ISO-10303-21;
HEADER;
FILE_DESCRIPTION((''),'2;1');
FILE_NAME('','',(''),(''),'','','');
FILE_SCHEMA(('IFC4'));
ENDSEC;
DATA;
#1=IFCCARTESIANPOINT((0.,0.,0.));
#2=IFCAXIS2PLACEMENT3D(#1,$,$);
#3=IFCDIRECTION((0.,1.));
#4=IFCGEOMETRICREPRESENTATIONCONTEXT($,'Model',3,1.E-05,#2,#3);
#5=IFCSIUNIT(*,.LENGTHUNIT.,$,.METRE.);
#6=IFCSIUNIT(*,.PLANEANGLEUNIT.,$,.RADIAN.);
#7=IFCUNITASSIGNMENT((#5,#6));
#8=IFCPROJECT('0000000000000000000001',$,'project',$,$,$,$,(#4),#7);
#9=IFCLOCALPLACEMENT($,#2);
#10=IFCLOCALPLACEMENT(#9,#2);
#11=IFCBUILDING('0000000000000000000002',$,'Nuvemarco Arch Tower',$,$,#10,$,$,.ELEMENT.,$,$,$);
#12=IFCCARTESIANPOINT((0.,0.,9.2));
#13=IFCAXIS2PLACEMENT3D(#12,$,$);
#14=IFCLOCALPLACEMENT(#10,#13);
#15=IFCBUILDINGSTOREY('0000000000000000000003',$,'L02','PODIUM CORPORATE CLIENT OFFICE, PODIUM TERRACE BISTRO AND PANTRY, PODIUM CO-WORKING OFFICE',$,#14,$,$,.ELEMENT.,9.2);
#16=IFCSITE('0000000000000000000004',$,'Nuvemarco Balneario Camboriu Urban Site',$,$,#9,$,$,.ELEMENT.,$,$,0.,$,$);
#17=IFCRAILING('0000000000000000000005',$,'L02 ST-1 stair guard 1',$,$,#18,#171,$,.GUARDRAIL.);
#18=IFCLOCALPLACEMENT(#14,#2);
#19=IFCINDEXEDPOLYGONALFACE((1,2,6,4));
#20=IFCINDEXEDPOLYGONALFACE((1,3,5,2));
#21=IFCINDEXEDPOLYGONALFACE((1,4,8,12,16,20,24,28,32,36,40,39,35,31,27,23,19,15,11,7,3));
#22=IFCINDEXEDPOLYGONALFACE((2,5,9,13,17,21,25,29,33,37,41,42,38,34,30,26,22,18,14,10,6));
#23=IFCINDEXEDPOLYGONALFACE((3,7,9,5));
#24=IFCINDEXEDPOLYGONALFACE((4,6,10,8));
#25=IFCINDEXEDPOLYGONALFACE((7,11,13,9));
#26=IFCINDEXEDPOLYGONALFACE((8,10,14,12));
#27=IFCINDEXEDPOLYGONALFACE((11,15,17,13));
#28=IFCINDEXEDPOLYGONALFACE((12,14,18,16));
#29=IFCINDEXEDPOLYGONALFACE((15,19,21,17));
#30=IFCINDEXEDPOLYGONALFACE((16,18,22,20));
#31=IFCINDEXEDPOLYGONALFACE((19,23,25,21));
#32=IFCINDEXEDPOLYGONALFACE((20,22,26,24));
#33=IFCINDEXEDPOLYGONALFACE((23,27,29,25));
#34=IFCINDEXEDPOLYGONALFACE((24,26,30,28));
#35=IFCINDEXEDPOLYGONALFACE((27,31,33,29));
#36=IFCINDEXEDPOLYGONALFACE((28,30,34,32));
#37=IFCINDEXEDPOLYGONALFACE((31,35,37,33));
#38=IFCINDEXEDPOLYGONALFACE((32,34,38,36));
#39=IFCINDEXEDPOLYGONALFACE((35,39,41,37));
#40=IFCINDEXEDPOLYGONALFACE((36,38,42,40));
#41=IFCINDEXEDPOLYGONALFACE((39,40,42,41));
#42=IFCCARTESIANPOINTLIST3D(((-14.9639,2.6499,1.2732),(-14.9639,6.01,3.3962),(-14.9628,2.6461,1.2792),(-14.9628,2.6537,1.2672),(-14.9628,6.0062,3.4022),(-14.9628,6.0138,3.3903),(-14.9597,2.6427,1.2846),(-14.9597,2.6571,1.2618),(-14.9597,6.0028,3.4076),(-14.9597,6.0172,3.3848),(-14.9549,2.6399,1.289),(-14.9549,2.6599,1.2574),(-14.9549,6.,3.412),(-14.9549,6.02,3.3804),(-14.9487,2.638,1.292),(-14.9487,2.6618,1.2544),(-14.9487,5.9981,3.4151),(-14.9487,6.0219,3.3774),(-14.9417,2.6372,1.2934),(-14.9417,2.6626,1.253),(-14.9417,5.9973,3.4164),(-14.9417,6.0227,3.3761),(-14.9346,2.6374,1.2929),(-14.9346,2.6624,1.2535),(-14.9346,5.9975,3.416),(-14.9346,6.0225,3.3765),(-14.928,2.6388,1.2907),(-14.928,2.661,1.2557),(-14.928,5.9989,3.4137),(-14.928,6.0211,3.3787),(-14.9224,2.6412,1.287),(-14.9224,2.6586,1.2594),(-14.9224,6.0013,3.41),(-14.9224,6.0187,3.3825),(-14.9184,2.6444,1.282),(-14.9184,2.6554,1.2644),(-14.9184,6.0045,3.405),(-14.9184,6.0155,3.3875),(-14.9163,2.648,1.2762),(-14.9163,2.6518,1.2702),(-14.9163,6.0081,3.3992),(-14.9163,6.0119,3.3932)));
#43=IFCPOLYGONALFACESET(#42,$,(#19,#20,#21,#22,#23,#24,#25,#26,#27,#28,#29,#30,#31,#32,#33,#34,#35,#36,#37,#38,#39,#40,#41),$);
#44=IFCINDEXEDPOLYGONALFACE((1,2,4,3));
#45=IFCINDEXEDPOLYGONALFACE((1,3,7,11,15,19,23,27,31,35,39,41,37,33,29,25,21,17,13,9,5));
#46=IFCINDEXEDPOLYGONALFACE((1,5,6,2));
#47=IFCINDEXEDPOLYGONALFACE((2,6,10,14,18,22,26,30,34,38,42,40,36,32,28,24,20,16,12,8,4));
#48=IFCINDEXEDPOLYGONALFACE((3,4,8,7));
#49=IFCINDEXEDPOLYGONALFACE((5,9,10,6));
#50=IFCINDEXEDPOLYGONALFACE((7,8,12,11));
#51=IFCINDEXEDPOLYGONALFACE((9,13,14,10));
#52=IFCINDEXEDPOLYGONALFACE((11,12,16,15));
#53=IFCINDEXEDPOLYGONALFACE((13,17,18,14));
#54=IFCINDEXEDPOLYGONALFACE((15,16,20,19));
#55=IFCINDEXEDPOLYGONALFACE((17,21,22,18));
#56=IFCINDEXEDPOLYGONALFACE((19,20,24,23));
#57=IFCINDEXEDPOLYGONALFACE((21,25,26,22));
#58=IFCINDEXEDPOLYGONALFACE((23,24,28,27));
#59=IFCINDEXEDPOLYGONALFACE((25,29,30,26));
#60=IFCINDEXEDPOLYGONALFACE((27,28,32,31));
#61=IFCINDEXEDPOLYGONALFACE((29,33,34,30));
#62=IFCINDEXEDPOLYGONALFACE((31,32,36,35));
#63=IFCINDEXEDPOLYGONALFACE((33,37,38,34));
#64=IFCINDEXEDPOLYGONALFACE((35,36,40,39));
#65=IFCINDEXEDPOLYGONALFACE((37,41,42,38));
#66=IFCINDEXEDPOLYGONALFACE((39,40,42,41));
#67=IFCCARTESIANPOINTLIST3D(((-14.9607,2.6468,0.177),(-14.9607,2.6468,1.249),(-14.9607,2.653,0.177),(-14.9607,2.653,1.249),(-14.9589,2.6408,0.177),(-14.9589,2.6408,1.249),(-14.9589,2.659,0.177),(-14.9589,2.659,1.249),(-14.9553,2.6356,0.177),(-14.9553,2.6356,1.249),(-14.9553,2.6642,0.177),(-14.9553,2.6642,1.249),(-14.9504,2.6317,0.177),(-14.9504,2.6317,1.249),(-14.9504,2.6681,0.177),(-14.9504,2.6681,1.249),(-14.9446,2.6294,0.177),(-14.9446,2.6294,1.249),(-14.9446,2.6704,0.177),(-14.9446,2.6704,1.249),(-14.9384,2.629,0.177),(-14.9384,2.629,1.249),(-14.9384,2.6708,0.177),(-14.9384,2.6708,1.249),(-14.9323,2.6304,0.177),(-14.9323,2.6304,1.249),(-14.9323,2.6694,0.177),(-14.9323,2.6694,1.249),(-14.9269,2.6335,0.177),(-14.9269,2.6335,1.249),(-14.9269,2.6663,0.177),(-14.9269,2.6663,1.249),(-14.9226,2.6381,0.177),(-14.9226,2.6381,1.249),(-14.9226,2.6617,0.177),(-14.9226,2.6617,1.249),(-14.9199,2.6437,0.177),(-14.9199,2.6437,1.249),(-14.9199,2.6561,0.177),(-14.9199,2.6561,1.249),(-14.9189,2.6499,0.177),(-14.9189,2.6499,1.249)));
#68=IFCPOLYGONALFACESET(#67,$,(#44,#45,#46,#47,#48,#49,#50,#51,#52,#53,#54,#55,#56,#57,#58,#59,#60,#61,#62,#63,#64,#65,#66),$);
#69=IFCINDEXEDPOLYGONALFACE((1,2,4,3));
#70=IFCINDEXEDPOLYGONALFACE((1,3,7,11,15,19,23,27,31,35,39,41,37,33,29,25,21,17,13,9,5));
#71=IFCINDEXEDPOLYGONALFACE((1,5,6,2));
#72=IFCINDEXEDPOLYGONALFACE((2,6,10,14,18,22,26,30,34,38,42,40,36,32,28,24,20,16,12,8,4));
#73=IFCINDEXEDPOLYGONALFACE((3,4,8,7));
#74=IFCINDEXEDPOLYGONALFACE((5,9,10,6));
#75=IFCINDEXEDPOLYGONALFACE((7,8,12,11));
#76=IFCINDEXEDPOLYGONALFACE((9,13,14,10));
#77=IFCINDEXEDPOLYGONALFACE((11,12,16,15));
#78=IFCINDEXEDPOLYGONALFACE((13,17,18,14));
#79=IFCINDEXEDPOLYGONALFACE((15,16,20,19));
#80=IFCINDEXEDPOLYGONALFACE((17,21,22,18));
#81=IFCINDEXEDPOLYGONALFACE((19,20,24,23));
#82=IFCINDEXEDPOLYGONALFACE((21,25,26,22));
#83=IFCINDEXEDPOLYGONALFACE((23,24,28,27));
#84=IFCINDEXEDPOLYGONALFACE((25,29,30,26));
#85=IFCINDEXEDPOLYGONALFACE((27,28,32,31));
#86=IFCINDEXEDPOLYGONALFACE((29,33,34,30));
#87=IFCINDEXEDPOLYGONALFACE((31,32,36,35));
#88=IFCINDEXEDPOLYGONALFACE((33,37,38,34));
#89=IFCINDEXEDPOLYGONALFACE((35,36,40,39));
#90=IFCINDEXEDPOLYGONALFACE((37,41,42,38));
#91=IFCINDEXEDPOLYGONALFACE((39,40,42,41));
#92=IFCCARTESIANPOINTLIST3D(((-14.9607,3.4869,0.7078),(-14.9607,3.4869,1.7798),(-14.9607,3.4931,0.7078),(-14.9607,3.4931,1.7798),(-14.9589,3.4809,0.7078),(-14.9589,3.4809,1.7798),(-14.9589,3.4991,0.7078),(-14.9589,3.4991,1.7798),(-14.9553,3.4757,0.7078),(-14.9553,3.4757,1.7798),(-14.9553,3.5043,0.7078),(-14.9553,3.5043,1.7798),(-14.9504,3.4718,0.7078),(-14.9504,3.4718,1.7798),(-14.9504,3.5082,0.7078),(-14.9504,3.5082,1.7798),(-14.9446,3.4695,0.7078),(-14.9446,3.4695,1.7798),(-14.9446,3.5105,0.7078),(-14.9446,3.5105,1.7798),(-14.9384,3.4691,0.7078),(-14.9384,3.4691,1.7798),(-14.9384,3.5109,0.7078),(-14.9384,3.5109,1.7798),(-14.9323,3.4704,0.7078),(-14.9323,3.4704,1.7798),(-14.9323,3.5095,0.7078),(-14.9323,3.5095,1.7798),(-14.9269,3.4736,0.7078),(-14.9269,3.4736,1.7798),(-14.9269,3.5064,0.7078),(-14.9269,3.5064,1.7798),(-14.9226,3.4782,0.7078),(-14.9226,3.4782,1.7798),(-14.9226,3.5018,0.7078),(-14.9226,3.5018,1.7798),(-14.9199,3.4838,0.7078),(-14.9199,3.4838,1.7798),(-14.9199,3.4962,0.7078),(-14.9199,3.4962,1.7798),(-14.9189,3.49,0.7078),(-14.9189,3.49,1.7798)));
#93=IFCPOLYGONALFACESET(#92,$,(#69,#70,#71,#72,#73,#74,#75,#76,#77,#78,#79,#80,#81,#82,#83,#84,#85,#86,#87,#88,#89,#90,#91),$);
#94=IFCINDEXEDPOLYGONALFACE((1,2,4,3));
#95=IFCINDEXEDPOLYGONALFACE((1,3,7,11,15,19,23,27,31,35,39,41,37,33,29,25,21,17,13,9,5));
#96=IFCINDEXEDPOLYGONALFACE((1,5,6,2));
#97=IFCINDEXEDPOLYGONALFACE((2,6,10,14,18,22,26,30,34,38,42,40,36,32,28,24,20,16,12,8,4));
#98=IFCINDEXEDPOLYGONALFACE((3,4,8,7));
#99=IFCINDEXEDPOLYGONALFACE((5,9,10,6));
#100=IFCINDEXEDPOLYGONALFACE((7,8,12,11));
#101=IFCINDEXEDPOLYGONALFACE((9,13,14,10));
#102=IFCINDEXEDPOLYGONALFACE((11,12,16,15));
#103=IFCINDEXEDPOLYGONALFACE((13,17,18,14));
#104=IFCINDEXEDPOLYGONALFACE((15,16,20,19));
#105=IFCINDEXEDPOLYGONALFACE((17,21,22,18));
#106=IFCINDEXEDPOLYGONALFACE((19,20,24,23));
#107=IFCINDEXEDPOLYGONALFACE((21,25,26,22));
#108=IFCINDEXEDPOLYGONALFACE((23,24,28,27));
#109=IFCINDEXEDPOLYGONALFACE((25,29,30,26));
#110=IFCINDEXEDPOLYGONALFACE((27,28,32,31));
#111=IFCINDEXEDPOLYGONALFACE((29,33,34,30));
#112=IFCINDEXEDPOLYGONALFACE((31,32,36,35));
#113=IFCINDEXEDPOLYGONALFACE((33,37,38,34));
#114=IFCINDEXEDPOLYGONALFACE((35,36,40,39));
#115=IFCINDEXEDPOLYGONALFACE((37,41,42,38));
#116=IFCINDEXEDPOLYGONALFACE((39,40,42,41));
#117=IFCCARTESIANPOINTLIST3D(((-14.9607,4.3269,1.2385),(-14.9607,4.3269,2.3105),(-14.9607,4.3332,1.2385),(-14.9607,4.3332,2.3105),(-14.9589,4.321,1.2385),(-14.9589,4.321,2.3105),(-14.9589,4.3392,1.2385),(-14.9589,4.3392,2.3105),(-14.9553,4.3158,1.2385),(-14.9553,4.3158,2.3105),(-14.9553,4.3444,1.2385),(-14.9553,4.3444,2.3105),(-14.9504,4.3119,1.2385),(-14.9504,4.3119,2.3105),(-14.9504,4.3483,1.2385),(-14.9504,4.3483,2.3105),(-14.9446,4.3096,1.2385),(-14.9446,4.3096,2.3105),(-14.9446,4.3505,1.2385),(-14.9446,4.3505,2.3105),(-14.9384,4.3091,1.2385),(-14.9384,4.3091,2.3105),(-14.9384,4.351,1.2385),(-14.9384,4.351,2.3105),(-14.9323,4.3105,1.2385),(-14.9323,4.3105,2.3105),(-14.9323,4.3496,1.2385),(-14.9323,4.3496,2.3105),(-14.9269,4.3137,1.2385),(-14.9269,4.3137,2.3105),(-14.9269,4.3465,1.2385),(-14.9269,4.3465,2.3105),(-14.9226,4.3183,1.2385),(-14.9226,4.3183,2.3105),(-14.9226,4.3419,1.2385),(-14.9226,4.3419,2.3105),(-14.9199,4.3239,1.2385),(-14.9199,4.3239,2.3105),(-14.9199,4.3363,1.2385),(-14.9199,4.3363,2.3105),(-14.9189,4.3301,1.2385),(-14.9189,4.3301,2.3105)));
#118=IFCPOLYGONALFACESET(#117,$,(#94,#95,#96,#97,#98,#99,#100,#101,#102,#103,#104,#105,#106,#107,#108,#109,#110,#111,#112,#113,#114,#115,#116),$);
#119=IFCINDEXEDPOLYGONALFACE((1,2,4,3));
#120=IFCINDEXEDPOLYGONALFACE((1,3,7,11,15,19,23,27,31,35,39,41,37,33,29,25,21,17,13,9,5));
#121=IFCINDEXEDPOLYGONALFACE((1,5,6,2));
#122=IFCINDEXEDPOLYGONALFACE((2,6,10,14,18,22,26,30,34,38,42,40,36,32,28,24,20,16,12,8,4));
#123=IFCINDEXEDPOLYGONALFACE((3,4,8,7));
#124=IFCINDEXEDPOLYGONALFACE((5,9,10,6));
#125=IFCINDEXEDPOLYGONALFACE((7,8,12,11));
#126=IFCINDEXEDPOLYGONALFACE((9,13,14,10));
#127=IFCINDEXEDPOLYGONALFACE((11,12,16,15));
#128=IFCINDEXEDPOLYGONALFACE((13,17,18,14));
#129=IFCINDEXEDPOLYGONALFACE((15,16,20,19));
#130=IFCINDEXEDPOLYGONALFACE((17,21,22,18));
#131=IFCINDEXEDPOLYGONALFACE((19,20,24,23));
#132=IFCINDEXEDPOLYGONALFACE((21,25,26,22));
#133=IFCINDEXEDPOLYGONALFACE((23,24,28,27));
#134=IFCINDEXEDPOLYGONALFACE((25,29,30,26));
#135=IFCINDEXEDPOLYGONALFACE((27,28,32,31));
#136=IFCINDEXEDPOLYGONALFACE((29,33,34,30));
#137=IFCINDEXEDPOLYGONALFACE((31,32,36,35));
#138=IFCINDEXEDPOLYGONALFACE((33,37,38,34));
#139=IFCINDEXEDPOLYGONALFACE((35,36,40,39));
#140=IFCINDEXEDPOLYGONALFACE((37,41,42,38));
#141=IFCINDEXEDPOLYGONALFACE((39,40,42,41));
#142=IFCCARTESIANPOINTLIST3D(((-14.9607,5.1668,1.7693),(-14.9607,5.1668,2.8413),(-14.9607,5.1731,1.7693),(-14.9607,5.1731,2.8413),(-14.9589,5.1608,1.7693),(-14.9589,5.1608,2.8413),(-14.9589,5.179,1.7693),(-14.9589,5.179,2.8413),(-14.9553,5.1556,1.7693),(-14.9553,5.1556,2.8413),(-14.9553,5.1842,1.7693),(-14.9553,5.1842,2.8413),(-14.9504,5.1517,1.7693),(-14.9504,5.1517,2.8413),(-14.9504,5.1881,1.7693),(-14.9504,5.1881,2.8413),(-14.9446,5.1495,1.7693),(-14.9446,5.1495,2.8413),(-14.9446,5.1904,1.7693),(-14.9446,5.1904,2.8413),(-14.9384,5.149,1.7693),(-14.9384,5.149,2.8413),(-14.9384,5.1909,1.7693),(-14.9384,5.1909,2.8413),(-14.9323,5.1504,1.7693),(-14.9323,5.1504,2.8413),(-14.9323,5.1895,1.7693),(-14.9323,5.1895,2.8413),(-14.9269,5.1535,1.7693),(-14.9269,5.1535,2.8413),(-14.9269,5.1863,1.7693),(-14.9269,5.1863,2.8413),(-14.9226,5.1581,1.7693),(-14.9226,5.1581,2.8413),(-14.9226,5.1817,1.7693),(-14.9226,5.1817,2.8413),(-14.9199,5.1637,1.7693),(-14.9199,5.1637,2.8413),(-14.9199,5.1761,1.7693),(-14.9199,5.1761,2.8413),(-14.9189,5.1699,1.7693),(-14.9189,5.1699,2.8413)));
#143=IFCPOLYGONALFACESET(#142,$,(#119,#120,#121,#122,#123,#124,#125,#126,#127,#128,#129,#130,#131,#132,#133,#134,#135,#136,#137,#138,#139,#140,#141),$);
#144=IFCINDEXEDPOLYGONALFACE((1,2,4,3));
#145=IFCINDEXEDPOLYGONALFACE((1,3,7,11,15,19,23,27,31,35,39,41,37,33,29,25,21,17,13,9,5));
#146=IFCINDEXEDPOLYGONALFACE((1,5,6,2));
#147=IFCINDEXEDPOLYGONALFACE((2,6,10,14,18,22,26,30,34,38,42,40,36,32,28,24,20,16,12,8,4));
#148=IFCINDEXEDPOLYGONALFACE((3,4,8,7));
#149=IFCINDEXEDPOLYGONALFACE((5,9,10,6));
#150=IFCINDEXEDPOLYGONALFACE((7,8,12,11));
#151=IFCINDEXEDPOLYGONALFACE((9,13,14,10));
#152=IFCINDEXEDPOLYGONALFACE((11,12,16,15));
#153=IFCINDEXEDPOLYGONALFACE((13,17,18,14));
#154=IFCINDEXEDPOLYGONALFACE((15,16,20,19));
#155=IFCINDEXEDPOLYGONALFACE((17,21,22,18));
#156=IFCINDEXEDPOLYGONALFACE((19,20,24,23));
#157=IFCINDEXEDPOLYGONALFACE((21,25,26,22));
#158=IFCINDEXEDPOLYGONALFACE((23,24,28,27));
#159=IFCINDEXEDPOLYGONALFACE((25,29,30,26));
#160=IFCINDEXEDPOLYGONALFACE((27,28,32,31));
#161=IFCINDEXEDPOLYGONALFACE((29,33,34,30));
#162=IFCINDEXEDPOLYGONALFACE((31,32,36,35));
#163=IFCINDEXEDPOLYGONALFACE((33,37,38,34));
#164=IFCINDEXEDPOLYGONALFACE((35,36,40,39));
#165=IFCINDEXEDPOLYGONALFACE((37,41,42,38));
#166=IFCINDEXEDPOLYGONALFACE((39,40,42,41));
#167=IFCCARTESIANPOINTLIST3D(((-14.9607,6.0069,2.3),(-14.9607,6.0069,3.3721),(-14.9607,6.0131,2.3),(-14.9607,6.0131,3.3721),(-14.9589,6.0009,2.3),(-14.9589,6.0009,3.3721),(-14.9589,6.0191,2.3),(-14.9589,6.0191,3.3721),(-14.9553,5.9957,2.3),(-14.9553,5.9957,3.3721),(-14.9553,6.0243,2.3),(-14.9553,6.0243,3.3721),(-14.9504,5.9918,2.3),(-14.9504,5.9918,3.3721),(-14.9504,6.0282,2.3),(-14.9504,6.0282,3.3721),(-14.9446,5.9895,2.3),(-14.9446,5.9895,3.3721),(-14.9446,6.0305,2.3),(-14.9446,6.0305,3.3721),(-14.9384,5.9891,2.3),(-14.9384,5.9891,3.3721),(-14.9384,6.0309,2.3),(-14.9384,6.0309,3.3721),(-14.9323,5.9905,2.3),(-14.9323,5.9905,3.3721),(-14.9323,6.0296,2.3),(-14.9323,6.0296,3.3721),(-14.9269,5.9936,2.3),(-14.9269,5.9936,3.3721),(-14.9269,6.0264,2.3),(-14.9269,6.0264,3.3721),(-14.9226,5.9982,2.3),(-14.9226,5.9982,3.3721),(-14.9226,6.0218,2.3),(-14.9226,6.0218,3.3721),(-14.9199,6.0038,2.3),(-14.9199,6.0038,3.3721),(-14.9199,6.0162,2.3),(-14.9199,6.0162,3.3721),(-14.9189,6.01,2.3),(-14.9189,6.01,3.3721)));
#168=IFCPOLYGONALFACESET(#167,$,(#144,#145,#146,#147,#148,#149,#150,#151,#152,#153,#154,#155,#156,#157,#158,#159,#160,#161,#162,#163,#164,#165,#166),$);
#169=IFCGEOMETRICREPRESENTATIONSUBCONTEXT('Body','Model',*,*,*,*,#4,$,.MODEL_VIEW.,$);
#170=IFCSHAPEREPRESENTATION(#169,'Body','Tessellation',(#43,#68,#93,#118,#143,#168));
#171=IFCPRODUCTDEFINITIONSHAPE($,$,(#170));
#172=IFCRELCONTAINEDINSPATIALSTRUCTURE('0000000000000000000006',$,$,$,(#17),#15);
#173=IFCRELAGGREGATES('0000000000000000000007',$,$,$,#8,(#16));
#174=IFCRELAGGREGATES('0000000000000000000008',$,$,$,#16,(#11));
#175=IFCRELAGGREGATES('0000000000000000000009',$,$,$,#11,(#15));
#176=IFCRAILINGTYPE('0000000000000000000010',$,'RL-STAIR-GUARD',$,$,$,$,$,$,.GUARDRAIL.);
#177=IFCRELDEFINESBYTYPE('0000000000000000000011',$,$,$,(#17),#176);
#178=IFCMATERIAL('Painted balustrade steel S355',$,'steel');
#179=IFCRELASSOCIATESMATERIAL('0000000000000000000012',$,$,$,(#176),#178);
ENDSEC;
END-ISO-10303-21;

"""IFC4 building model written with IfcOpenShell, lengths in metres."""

from ifc_helpers import new_model, si_unit, direction, frame, origin, origin_2d, place, context, subcontext, project, spatial, circle, extrude, material, type_object, element, save


model = new_model("IFC4")

# Units and contexts
model_context = context("Model", 3, precision=1e-05, world=origin(), true_north=direction((0.0, 1.0)))
body_context = subcontext(model_context, "Body", "Model", "MODEL_VIEW")
ifc_project = project(units=[si_unit("LENGTHUNIT", "METRE"), si_unit("PLANEANGLEUNIT", "RADIAN")], contexts=[model_context])

# Site, building, storey
site_placement = place(None, origin())
site = spatial("IfcSite", under=ifc_project, at=site_placement, Name="Nuvemarco Balneario Camboriu Urban Site", CompositionType="ELEMENT", RefElevation=0.0)
building_placement = place(site_placement, origin())
building = spatial("IfcBuilding", under=site, at=building_placement, Name="Nuvemarco Arch Tower", CompositionType="ELEMENT")
storey_placement = place(building_placement, frame((0.0, 0.0, 9.2)))
storey = spatial("IfcBuildingStorey", under=building, at=storey_placement, Name="L02", Description="PODIUM CORPORATE CLIENT OFFICE, PODIUM TERRACE BISTRO AND PANTRY, PODIUM CO-WORKING OFFICE", CompositionType="ELEMENT", Elevation=9.2)

# Railing
ifc_material_1 = material(Name="Painted balustrade steel S355", Category="steel")
railing_type_1 = type_object("IfcRailingType", Name="RL-STAIR-GUARD", PredefinedType="GUARDRAIL", material=ifc_material_1)
railing_1_placement = place(storey_placement, frame((-14.9399, 2.6499, 0.177)))
element("IfcRailing", 1, at=railing_1_placement, inside=storey, type_object=railing_type_1, Name="L02 ST-1 stair guard 1", PredefinedType="GUARDRAIL", context=body_context, shape_type="SweptSolid", body=[
    extrude(circle(Radius=0.0239, at=origin_2d()), frame((0.0, 0.0, 1.0962), z_axis=(0.0, 0.84539, 0.53415), x_axis=(-1.0, 0.0, 0.0)), (0.0, 0.0, 1.0), 3.9746),
    extrude(circle(Radius=0.021, at=origin_2d()), origin(), (0.0, 0.0, 1.0), 1.072),
    extrude(circle(Radius=0.021, at=origin_2d()), frame((0.0, 0.8401, 0.5308)), (0.0, 0.0, 1.0), 1.072),
    extrude(circle(Radius=0.021, at=origin_2d()), frame((0.0, 1.6802, 1.0615)), (0.0, 0.0, 1.0), 1.072),
    extrude(circle(Radius=0.021, at=origin_2d()), frame((0.0, 2.52, 1.5923)), (0.0, 0.0, 1.0), 1.072),
    extrude(circle(Radius=0.021, at=origin_2d()), frame((0.0, 3.3601, 2.123)), (0.0, 0.0, 1.0), 1.072),
])

save(model, "model.ifc")
